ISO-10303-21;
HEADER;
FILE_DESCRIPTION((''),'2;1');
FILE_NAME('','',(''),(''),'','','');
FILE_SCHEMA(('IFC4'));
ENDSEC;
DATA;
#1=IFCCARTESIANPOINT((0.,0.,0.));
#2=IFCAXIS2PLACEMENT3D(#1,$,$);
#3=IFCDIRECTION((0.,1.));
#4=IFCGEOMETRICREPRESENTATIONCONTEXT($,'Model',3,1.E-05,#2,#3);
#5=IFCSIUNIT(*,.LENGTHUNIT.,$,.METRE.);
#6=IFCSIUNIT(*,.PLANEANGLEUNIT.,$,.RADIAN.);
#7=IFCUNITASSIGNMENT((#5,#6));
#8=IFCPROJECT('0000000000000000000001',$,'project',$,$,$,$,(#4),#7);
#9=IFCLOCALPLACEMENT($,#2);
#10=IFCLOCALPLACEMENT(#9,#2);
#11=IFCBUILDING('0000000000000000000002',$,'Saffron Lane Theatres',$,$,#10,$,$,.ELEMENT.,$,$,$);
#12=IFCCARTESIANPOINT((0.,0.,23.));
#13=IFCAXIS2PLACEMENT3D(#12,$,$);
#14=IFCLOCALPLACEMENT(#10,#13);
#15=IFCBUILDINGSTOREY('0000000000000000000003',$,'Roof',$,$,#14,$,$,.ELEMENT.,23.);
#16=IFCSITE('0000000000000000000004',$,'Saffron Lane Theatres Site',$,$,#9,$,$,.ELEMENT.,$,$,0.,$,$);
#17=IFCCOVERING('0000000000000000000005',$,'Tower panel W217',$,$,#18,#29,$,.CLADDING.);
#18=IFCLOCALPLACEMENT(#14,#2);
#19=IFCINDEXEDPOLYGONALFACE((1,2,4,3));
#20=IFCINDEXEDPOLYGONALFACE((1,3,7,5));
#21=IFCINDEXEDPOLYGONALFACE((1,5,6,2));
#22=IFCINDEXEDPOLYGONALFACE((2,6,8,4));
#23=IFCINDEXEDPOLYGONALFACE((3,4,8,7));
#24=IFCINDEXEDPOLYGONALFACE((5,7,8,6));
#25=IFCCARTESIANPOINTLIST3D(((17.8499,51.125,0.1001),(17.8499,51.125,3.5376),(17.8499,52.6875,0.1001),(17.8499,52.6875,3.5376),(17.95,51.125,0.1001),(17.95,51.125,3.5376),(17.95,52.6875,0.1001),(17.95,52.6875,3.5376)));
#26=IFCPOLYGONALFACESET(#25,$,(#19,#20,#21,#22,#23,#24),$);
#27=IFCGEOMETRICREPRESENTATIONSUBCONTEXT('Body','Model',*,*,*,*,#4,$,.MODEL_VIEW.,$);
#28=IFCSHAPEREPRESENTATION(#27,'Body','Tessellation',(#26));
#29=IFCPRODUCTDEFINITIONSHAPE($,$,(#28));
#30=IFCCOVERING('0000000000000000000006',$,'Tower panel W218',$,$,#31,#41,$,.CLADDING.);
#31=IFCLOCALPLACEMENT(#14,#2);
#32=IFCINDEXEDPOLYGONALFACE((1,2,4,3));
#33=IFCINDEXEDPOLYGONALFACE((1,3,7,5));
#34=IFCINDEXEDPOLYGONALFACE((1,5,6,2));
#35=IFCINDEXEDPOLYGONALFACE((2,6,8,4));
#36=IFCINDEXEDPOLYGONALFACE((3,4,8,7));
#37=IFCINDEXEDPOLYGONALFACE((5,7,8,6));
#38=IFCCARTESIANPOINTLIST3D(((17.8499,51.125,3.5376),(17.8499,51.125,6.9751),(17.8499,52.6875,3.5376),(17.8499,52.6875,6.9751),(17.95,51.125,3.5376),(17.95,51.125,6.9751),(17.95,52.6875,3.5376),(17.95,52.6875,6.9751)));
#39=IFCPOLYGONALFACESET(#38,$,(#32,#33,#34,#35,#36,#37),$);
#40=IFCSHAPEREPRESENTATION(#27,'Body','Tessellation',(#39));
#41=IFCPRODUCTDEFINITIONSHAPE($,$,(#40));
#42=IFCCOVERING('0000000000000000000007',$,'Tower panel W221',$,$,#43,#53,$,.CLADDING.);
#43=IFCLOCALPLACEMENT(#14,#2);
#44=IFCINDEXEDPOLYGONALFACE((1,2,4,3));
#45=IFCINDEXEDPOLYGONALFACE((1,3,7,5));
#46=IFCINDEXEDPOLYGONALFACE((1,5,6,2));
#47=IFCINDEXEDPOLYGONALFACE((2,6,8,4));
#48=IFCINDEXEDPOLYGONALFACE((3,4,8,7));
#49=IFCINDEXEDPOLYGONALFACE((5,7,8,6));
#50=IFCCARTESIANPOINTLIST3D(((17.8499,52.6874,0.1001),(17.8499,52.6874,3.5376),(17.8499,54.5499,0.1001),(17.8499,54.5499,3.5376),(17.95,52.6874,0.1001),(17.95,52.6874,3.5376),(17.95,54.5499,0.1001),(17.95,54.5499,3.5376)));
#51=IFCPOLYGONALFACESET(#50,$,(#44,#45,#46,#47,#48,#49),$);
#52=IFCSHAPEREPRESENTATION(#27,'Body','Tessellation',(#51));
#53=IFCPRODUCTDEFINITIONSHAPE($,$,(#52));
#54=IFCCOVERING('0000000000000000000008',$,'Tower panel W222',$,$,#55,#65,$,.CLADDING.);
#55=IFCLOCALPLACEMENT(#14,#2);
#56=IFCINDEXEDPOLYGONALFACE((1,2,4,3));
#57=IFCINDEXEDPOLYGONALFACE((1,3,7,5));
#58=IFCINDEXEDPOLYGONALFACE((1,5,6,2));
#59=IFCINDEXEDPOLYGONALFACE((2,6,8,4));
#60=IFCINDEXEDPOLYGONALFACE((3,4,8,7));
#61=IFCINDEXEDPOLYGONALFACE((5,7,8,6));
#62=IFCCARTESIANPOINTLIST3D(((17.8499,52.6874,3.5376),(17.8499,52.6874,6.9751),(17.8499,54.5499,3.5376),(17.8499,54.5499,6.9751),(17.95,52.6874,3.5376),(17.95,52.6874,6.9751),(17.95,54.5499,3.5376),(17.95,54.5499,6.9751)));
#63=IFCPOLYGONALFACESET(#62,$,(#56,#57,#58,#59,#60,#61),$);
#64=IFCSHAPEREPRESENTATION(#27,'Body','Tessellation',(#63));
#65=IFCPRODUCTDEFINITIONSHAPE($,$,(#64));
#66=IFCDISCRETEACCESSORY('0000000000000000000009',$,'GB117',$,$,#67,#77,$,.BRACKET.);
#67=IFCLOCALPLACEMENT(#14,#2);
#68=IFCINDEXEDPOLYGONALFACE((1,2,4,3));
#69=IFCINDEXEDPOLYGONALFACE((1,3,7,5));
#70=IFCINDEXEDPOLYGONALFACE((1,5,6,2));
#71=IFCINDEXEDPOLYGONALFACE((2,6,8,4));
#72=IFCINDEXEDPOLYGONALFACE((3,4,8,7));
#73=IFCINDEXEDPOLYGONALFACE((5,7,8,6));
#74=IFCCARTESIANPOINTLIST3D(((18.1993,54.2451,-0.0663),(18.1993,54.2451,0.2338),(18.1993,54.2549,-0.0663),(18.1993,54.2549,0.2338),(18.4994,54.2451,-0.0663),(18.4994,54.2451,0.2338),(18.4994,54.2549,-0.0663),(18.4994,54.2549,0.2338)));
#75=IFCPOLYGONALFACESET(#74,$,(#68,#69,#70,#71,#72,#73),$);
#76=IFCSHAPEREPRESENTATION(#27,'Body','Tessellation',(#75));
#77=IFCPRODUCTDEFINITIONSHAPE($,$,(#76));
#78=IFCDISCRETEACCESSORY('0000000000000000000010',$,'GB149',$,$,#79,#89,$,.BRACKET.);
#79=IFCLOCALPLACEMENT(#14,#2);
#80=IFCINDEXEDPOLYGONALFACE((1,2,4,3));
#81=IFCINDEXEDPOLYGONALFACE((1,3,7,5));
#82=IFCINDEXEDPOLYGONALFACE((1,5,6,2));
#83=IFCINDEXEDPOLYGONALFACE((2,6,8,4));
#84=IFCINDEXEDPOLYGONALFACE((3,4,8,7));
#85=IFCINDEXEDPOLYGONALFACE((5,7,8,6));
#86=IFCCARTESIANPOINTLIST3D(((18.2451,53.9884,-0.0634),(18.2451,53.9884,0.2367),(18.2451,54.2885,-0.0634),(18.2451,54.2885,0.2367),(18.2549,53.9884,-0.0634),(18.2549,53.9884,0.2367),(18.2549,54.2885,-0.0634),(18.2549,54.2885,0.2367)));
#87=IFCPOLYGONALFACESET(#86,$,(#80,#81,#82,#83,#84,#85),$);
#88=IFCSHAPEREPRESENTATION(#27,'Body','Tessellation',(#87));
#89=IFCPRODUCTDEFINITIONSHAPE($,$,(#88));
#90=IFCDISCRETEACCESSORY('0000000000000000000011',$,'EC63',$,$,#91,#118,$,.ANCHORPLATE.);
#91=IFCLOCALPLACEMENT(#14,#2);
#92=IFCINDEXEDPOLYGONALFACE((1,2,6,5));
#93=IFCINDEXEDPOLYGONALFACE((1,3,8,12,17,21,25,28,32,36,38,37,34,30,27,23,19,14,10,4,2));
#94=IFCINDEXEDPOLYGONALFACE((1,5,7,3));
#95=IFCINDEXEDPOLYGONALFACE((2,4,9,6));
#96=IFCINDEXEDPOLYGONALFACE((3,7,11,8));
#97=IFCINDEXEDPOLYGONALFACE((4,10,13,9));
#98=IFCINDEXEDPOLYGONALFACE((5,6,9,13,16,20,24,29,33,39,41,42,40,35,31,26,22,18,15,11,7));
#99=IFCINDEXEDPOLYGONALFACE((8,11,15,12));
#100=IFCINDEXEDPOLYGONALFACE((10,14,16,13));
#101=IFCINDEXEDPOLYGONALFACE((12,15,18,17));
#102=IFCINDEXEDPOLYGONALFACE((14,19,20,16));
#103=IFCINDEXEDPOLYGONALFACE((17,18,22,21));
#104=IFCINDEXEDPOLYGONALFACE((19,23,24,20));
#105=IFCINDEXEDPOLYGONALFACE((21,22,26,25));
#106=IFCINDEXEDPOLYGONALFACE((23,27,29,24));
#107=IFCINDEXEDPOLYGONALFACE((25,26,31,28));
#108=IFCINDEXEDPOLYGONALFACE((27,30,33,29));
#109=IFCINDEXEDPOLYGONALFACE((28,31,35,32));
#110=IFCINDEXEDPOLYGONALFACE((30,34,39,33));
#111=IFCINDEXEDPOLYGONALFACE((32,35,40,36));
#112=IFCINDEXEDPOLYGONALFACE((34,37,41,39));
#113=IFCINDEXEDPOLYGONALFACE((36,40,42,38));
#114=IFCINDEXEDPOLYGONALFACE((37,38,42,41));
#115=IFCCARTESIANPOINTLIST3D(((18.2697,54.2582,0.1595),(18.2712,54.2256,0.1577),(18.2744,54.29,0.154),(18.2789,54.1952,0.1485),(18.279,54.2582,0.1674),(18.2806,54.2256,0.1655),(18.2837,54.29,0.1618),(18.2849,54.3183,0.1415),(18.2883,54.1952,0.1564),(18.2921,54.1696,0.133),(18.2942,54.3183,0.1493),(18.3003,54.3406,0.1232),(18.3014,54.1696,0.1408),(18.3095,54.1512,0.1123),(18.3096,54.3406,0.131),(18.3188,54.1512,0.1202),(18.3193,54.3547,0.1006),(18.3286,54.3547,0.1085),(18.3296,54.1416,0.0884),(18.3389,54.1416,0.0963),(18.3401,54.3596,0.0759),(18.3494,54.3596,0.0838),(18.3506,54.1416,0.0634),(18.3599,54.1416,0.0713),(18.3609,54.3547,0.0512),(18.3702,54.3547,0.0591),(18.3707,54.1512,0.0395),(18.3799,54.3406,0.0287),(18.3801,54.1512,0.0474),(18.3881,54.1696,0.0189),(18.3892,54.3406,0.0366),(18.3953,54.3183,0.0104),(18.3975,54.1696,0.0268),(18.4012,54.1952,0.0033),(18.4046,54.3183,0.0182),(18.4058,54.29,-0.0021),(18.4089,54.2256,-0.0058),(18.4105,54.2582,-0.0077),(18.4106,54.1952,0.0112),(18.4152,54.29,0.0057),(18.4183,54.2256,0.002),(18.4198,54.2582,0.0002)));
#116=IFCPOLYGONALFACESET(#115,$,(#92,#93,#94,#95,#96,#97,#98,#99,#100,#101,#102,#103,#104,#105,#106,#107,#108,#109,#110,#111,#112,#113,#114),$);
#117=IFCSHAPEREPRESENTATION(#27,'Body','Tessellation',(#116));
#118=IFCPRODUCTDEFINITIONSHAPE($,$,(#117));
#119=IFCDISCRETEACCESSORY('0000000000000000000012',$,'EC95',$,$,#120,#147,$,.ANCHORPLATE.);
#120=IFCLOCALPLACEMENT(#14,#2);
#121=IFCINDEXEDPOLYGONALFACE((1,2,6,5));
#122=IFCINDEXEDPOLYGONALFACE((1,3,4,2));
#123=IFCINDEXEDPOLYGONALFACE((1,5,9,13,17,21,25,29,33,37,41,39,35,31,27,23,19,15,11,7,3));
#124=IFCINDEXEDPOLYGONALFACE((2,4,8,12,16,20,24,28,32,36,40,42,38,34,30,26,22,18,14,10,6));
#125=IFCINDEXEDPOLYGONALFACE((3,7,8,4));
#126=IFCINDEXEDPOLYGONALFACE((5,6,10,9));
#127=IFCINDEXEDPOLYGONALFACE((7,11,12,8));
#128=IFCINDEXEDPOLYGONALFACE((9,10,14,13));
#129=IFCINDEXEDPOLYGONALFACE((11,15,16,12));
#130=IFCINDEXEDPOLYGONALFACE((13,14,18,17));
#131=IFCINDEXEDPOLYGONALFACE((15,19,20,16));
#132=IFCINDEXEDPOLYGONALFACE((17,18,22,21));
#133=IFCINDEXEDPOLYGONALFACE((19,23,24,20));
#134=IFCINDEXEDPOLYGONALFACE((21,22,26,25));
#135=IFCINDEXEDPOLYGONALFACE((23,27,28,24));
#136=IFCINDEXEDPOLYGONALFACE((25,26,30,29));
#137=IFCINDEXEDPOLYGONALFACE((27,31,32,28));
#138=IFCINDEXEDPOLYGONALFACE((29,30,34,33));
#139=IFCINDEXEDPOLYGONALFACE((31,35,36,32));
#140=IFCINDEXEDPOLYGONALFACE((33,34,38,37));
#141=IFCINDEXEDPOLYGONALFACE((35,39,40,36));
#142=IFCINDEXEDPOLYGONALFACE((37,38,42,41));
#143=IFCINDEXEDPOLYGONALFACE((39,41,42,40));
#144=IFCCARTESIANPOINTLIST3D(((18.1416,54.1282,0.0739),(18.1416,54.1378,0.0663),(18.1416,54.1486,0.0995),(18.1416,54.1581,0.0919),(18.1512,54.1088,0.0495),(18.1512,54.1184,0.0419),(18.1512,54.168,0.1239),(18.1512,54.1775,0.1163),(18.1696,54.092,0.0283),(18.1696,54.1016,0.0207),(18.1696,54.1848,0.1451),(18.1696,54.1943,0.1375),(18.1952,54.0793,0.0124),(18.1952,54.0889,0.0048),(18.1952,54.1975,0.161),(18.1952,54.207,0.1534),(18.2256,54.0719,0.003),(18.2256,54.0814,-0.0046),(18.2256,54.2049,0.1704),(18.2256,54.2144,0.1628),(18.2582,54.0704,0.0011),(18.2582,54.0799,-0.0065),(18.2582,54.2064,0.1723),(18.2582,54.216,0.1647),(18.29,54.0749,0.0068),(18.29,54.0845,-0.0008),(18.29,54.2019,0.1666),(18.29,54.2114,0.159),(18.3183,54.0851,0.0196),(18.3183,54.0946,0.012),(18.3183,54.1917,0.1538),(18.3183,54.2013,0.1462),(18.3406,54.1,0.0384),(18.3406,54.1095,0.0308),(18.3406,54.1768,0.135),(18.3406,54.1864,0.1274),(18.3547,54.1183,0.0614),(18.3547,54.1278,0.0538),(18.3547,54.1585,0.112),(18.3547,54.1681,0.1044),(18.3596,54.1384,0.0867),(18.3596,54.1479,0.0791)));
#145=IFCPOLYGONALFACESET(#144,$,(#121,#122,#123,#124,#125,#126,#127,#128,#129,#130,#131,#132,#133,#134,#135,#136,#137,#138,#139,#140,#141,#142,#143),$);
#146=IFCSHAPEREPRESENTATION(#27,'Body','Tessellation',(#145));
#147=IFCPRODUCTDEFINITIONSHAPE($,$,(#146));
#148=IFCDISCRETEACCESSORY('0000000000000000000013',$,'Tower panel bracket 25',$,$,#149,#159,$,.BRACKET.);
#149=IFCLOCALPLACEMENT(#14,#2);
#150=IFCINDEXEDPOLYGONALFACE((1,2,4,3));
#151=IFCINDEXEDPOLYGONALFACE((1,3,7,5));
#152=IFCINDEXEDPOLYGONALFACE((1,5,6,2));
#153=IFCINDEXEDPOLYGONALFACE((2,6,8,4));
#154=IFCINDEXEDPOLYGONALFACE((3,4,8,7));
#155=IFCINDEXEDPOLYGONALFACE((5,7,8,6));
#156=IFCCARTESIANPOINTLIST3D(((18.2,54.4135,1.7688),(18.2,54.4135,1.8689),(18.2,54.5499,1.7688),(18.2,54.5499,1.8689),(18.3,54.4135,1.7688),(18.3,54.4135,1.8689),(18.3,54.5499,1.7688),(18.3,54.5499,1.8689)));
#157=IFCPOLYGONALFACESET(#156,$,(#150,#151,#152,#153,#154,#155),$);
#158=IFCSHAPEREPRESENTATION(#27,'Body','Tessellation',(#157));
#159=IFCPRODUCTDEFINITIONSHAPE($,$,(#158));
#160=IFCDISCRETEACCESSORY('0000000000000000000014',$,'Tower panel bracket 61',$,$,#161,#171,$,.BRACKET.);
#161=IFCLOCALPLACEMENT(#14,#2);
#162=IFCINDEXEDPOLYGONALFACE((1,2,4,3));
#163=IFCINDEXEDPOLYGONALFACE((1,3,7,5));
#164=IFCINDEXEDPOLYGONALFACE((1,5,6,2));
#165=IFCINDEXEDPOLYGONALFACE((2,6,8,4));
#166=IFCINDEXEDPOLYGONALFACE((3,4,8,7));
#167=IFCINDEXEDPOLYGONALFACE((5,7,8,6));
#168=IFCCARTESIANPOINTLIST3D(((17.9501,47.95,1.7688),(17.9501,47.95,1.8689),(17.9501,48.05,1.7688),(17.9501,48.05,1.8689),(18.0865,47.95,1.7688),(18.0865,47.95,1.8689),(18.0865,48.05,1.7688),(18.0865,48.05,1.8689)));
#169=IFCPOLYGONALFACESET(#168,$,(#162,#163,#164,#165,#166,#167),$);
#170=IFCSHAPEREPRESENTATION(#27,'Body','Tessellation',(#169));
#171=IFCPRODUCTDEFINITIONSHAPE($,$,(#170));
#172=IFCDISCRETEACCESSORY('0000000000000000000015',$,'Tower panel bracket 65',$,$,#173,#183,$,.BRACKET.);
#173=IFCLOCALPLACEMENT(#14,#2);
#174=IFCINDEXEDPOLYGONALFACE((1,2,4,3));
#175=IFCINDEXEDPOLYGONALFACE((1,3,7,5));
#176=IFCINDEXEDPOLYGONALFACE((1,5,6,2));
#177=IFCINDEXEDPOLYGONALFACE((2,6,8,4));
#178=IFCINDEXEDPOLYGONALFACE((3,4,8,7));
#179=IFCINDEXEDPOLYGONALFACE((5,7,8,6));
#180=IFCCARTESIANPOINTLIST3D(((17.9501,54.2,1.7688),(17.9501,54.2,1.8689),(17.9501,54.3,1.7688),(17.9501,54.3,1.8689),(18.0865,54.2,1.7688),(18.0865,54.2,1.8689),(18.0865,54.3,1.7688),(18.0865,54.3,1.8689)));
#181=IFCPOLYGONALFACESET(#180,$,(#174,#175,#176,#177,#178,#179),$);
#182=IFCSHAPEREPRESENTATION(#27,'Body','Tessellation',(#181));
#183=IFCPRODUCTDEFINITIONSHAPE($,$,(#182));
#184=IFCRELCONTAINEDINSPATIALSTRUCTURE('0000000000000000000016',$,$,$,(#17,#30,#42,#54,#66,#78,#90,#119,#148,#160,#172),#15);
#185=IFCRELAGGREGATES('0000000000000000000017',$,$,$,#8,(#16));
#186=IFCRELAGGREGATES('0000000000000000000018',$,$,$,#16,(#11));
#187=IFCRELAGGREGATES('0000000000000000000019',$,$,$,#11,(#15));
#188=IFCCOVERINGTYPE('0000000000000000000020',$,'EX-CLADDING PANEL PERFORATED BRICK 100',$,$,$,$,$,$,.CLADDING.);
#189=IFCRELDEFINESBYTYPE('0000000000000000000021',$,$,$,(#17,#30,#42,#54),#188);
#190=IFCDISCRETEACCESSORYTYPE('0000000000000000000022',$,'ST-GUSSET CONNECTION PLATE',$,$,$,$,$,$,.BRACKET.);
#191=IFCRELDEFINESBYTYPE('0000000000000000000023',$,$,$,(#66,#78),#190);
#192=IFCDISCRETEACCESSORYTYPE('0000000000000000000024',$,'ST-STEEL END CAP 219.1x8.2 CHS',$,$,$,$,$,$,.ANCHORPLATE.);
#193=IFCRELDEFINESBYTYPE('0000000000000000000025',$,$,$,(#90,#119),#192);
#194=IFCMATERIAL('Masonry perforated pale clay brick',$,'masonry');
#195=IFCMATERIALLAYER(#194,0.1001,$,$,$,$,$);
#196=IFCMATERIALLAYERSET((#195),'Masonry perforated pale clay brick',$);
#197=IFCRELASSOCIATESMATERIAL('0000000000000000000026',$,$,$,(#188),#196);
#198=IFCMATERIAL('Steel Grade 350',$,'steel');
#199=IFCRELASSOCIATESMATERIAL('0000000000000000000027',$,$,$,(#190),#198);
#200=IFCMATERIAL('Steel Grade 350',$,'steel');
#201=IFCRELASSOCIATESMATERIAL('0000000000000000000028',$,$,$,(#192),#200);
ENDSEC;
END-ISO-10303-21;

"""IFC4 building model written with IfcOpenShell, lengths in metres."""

from ifc_helpers import new_model, si_unit, direction, frame, origin, origin_2d, place, context, subcontext, project, spatial, rectangle, circle, extrude, material, layer, layer_set, material_profile, profile_set, type_object, element, save


model = new_model("IFC4")

# Units and contexts
model_context = context("Model", 3, precision=1e-05, world=origin(), true_north=direction((0.0, 1.0)))
body_context = subcontext(model_context, "Body", "Model", "MODEL_VIEW")
ifc_project = project(units=[si_unit("LENGTHUNIT", "METRE"), si_unit("PLANEANGLEUNIT", "RADIAN")], contexts=[model_context])

# Site, building, storey
site_placement = place(None, origin())
site = spatial("IfcSite", under=ifc_project, at=site_placement, Name="Saffron Lane Theatres Site", CompositionType="ELEMENT", RefElevation=0.0)
building_placement = place(site_placement, origin())
building = spatial("IfcBuilding", under=site, at=building_placement, Name="Saffron Lane Theatres", CompositionType="ELEMENT")
storey_placement = place(building_placement, frame((0.0, 0.0, 23.0)))
storey = spatial("IfcBuildingStorey", under=building, at=storey_placement, Name="Roof", CompositionType="ELEMENT", Elevation=23.0)

# Coverings
ifc_material_1 = material(Name="Masonry perforated pale clay brick", Category="masonry")
ifc_layer_1 = layer(ifc_material_1, 0.1001)
ifc_layer_set_1 = layer_set([ifc_layer_1], Name="Masonry perforated pale clay brick")
covering_type_1 = type_object("IfcCoveringType", Name="EX-CLADDING PANEL PERFORATED BRICK 100", PredefinedType="CLADDING", material=ifc_layer_set_1)
for number, where, z_axis, x_axis, name in (
    (1, (17.8999, 51.9062, 0.1001), (0.0, 0.0, 1.0), (0.0, 1.0, 0.0), "Tower panel W217"),
    (2, (17.8999, 51.9062, 3.5376), (0.0, 0.0, 1.0), (0.0, 1.0, 0.0), "Tower panel W218"),
):
    element("IfcCovering", number, at=place(storey_placement, frame(where, z_axis=z_axis, x_axis=x_axis)), inside=storey, type_object=covering_type_1, Name=name, PredefinedType="CLADDING", context=body_context, shape_type="SweptSolid", body=[
        extrude(rectangle(XDim=1.5625, YDim=0.1001, at=origin_2d()), origin(), (0.0, 0.0, 1.0), 3.4375),
    ])
for number, where, z_axis, x_axis, name in (
    (3, (17.8999, 53.6187, 0.1001), (0.0, 0.0, 1.0), (0.0, 1.0, 0.0), "Tower panel W221"),
    (4, (17.8999, 53.6187, 3.5376), (0.0, 0.0, 1.0), (0.0, 1.0, 0.0), "Tower panel W222"),
):
    element("IfcCovering", number, at=place(storey_placement, frame(where, z_axis=z_axis, x_axis=x_axis)), inside=storey, type_object=covering_type_1, Name=name, PredefinedType="CLADDING", context=body_context, shape_type="SweptSolid", body=[
        extrude(rectangle(XDim=1.8625, YDim=0.1001, at=origin_2d()), origin(), (0.0, 0.0, 1.0), 3.4375),
    ])

# Discrete accessories
ifc_material_2 = material(Name="Steel Grade 350", Category="steel")
ifc_material_profile_1 = material_profile(ifc_material_2, rectangle(XDim=0.3, YDim=0.3, at=origin_2d()))
ifc_profile_set_1 = profile_set([ifc_material_profile_1], Name="Steel Grade 350")
discrete_accessory_type_1 = type_object("IfcDiscreteAccessoryType", Name="ST-GUSSET CONNECTION PLATE", PredefinedType="BRACKET", material=ifc_profile_set_1)
for number, where, z_axis, x_axis, name in (
    (5, (18.3494, 54.2451, 0.0837), (0.0, 1.0, 0.0), (-1.0, 0.0, 0.0), "GB117"),
    (6, (18.2451, 54.1384, 0.0867), (1.0, 0.0, 0.0), (0.0, 1.0, 0.0), "GB149"),
):
    element("IfcDiscreteAccessory", number, at=place(storey_placement, frame(where, z_axis=z_axis, x_axis=x_axis)), inside=storey, type_object=discrete_accessory_type_1, Name=name, PredefinedType="BRACKET", context=body_context, shape_type="SweptSolid", body=[
        extrude(rectangle(XDim=0.3, YDim=0.3, at=origin_2d()), origin(), (0.0, 0.0, 1.0), 0.0098),
    ])
ifc_material_3 = material(Name="Steel Grade 350", Category="steel")
ifc_material_profile_2 = material_profile(ifc_material_3, circle(Radius=0.1096, at=origin_2d()))
ifc_profile_set_2 = profile_set([ifc_material_profile_2], Name="Steel Grade 350")
discrete_accessory_type_2 = type_object("IfcDiscreteAccessoryType", Name="ST-STEEL END CAP 219.1x8.2 CHS", PredefinedType="ANCHORPLATE", material=ifc_profile_set_2)
for number, where, z_axis, x_axis, name in (
    (7, (18.3401, 54.25, 0.0759), (0.764911, 0.0, 0.644136), (0.0, 1.0, 0.0), "EC63"),
    (8, (18.25, 54.1479, 0.0791), (0.0, -0.782823, 0.622244), (1.0, 0.0, 0.0), "EC95"),
):
    element("IfcDiscreteAccessory", number, at=place(storey_placement, frame(where, z_axis=z_axis, x_axis=x_axis)), inside=storey, type_object=discrete_accessory_type_2, Name=name, PredefinedType="ANCHORPLATE", context=body_context, shape_type="SweptSolid", body=[
        extrude(circle(Radius=0.1096, at=origin_2d()), origin(), (0.0, 0.0, 1.0), 0.0122),
    ])
for number, where, z_axis, x_axis, name in (
    (9, (18.25, 54.4817, 1.7688), (0.0, 0.0, 1.0), (1.0, 0.0, 0.0), "Tower panel bracket 25"),
    (10, (18.0183, 48.0, 1.7688), (0.0, 0.0, 1.0), (0.0, 1.0, 0.0), "Tower panel bracket 61"),
    (11, (18.0183, 54.25, 1.7688), (0.0, 0.0, 1.0), (0.0, 1.0, 0.0), "Tower panel bracket 65"),
):
    element("IfcDiscreteAccessory", number, at=place(storey_placement, frame(where, z_axis=z_axis, x_axis=x_axis)), inside=storey, Name=name, PredefinedType="BRACKET", context=body_context, shape_type="SweptSolid", body=[
        extrude(rectangle(XDim=0.1001, YDim=0.1365, at=origin_2d()), origin(), (0.0, 0.0, 1.0), 0.1001),
    ])

save(model, "model.ifc")
